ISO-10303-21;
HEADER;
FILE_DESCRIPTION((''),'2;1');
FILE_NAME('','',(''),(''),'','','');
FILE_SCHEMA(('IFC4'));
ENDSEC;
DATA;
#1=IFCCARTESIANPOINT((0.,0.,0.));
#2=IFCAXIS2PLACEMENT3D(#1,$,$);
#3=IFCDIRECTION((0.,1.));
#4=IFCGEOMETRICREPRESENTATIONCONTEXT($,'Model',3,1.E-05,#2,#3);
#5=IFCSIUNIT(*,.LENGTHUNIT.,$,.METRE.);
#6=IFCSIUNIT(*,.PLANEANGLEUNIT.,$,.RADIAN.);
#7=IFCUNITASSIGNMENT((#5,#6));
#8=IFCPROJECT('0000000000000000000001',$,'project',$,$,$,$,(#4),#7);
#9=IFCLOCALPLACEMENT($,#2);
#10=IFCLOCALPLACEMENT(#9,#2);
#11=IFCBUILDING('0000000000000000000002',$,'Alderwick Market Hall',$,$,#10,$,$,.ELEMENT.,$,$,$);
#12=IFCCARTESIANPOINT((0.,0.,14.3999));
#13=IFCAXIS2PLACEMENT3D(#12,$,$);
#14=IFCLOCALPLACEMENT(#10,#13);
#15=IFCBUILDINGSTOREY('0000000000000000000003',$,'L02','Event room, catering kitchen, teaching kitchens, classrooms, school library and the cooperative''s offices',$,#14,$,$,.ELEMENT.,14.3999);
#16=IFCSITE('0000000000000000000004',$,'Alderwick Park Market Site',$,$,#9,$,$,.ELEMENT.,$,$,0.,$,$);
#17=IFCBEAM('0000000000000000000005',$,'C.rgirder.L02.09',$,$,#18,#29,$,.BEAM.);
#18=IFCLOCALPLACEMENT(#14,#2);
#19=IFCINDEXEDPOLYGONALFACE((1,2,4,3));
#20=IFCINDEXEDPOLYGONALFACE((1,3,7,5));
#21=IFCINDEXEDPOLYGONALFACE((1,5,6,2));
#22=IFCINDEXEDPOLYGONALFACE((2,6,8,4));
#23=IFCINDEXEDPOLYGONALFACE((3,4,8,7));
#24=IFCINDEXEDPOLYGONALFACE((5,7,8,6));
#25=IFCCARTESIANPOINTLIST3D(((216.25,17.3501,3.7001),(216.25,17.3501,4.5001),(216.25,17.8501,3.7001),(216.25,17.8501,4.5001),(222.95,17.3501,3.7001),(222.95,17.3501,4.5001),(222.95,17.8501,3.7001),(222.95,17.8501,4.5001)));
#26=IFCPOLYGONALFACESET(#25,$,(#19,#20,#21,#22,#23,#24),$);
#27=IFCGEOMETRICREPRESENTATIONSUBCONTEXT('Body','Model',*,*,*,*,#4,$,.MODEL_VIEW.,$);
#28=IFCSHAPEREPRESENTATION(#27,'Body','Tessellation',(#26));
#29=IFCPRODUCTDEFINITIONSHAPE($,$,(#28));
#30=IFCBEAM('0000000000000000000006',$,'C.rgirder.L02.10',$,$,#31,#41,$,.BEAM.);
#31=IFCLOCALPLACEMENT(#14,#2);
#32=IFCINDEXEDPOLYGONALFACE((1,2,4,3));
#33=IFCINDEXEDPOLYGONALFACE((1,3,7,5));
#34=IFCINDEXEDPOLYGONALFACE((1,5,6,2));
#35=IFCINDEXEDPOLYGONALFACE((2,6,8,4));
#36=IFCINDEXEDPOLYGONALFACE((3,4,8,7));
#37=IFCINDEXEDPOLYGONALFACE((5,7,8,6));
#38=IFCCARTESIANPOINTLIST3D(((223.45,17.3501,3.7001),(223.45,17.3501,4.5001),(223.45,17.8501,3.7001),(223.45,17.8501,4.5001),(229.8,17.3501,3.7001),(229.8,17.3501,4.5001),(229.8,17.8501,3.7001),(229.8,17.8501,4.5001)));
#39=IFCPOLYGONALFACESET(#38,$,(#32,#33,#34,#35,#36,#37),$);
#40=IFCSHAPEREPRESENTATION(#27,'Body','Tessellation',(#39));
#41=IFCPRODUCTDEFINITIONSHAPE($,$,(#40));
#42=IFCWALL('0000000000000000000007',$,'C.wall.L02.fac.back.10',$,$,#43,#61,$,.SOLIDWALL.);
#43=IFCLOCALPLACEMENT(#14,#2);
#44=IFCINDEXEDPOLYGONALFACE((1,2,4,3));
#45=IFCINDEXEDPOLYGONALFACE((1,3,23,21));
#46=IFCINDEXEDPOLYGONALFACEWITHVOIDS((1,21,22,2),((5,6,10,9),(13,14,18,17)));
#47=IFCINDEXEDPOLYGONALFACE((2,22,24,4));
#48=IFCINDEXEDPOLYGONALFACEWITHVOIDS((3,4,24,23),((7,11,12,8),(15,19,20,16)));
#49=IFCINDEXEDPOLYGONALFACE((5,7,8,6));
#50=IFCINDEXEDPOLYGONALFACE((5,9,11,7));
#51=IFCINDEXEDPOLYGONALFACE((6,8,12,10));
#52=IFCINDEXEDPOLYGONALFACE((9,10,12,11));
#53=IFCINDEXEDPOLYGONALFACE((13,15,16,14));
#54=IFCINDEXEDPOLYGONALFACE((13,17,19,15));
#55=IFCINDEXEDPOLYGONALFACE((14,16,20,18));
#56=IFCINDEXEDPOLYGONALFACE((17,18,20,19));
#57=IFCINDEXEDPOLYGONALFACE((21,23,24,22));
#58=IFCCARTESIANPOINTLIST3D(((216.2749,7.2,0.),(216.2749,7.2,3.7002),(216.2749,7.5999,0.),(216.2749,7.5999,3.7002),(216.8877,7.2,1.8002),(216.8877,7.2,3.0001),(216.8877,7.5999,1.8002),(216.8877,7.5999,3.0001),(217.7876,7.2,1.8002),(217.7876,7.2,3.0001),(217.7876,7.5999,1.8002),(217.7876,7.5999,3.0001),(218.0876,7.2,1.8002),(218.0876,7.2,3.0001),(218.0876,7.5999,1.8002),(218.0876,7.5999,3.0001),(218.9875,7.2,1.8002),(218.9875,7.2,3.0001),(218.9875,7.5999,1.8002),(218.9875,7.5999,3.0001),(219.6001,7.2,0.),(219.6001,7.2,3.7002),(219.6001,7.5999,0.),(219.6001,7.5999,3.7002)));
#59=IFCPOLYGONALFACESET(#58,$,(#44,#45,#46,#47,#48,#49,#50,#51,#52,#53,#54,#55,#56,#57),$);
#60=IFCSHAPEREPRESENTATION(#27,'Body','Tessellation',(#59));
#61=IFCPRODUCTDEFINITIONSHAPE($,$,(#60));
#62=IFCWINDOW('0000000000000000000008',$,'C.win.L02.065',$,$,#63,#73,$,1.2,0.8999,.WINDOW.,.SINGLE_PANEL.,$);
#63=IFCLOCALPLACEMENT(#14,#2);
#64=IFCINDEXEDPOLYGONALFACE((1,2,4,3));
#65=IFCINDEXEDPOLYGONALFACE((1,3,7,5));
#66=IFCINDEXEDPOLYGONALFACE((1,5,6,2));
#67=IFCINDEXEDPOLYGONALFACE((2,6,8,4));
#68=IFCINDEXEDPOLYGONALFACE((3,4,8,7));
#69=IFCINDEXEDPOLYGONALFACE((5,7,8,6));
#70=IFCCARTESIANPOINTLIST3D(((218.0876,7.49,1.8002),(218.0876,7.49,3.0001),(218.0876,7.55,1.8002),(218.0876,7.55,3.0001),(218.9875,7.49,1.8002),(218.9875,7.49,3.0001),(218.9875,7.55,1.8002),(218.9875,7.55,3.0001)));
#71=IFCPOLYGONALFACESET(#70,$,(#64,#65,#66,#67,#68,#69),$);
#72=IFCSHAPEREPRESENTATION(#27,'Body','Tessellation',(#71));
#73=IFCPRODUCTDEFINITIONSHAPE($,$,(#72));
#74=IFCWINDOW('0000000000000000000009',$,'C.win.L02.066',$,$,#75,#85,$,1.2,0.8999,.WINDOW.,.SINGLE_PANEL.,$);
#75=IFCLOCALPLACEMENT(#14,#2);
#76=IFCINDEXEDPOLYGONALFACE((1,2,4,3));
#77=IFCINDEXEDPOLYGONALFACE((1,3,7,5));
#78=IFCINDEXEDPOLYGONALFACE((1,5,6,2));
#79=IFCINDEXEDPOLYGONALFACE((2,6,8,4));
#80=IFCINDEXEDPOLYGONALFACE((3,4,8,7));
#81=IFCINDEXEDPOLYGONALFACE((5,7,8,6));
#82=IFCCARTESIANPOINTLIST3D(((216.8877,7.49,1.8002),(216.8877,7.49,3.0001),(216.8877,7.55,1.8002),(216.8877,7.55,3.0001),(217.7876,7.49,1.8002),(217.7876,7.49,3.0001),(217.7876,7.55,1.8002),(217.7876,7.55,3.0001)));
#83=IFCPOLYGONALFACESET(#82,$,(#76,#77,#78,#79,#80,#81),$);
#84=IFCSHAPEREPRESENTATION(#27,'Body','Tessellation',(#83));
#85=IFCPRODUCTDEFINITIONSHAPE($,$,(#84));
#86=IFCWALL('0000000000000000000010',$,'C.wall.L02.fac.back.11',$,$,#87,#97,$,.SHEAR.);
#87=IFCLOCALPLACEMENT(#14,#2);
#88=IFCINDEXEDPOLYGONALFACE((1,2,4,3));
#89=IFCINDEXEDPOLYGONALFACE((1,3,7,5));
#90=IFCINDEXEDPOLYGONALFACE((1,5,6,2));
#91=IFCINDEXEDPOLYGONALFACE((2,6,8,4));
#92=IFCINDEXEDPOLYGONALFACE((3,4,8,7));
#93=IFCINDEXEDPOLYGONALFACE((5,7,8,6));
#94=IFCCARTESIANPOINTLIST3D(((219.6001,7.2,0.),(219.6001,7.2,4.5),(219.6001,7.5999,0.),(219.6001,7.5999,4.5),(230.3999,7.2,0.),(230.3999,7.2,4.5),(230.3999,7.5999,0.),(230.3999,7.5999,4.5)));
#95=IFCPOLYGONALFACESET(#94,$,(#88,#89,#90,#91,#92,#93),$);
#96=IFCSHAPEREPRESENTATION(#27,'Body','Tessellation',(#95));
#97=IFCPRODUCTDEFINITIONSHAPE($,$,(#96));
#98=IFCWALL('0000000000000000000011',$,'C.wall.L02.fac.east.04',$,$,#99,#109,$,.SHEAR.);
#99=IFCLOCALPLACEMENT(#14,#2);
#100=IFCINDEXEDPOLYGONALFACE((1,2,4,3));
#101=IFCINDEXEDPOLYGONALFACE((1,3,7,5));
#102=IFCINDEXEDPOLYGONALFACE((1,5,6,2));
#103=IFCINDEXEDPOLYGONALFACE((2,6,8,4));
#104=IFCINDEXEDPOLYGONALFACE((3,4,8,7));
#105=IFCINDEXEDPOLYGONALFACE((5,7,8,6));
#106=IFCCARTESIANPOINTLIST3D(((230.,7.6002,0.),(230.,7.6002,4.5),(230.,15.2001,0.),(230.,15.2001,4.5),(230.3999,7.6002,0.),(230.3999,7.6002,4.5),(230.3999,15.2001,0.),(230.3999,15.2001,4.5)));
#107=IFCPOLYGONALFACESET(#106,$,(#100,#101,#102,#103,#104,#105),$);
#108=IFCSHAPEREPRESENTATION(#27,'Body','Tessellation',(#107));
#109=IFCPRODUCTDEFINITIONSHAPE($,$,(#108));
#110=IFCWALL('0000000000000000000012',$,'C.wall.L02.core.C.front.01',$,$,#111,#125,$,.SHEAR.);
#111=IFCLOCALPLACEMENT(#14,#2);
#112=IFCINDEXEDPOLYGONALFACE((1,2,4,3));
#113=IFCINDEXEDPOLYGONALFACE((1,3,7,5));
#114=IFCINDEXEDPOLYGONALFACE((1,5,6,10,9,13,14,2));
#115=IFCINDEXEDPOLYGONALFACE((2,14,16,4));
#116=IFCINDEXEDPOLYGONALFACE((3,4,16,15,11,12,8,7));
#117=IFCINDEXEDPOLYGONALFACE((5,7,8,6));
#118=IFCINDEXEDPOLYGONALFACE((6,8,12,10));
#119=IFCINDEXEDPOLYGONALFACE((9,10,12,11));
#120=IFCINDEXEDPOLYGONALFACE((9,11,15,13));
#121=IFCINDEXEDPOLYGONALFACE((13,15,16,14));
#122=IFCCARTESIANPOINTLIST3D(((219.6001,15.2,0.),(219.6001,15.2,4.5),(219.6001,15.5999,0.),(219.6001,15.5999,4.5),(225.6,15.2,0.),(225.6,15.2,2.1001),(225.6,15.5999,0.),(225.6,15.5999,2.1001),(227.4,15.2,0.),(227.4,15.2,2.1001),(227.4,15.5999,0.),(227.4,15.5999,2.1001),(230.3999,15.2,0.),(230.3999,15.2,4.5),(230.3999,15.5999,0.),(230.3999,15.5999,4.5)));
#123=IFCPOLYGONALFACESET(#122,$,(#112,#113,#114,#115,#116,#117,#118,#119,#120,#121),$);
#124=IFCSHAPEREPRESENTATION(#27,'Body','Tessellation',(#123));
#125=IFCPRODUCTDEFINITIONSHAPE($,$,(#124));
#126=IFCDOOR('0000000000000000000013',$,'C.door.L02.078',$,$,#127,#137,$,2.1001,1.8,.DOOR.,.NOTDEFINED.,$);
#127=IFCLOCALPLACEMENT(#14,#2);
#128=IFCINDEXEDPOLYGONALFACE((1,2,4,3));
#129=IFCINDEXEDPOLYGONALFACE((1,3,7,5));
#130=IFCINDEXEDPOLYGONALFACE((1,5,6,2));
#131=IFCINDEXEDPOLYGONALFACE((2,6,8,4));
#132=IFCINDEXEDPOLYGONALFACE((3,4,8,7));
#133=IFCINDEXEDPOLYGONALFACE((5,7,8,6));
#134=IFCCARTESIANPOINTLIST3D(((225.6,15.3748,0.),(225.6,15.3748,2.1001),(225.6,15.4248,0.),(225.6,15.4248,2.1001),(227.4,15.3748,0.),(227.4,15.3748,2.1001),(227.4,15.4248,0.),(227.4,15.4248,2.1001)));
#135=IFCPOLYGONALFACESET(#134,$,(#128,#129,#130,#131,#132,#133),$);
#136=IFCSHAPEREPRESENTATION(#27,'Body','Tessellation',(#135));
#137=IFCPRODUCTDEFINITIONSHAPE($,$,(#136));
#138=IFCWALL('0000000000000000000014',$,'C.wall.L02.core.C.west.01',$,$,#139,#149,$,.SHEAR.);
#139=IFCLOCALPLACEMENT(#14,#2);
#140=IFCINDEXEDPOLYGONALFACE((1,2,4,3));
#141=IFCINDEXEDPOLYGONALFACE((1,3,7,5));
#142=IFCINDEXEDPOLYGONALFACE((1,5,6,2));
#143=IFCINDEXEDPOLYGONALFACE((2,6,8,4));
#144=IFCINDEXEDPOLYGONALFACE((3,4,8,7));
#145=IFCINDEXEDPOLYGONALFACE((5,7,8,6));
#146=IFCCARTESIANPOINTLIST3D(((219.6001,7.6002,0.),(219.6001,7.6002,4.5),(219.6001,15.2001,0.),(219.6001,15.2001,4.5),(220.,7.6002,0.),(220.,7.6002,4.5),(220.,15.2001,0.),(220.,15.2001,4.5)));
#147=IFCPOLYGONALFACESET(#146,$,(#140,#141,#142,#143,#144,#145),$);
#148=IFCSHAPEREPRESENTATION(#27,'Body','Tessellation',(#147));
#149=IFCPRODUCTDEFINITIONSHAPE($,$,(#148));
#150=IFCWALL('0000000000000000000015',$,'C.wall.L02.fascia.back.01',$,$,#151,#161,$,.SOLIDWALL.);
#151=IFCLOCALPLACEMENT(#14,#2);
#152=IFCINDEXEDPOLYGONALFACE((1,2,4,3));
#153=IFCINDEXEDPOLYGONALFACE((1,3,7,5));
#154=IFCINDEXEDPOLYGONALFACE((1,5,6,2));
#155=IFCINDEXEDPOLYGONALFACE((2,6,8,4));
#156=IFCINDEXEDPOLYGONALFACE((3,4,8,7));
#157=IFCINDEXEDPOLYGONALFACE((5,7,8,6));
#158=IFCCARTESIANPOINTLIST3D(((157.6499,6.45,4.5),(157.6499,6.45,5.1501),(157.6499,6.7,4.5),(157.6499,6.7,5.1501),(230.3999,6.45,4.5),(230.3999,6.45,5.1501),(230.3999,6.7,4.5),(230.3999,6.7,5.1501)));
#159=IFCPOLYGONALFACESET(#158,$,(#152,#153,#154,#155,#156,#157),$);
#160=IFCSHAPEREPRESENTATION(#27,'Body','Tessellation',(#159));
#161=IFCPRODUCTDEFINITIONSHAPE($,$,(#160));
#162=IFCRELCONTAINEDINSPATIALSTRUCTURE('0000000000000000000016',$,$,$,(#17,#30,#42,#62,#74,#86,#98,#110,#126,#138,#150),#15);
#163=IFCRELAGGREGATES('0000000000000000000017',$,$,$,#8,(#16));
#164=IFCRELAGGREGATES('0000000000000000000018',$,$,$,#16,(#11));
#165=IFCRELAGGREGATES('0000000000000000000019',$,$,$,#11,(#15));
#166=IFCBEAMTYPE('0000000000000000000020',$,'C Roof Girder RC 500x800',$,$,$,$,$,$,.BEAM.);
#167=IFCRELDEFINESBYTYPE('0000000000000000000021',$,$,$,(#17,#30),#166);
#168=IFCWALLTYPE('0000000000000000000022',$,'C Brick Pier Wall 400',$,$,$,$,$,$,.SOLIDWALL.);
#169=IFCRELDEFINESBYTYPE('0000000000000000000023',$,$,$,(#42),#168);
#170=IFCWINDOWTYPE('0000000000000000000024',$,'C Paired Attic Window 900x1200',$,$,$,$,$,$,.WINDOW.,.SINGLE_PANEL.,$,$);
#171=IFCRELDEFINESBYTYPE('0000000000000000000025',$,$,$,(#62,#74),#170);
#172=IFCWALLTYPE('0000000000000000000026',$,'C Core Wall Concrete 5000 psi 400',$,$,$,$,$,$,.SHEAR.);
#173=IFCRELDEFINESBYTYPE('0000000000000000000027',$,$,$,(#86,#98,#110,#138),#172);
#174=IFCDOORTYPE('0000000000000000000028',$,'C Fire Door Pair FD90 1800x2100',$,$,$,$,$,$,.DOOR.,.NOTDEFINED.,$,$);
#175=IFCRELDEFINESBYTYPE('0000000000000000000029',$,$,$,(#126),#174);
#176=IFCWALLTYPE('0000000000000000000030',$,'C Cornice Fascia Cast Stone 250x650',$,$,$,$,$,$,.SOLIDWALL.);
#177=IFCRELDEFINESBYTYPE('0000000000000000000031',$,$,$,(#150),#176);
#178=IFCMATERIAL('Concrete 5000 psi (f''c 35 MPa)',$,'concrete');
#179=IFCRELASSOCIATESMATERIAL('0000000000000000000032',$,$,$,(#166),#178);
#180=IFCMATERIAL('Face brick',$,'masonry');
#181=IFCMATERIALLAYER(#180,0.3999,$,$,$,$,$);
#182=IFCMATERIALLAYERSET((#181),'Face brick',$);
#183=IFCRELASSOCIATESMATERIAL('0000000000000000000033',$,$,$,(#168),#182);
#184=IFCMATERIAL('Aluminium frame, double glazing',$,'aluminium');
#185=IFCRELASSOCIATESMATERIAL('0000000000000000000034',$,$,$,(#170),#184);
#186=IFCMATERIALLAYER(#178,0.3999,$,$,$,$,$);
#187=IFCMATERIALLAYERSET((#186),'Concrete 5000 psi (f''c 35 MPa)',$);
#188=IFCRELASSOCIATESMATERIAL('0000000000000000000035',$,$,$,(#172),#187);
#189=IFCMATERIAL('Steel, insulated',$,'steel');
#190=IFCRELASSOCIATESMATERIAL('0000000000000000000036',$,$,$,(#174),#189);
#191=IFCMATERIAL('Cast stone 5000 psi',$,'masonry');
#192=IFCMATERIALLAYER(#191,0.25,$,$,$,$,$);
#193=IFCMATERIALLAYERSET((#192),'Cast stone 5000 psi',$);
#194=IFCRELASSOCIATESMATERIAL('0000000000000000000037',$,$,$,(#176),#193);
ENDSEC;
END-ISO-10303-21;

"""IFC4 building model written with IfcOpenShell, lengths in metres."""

from ifc_helpers import new_model, si_unit, direction, frame, frame_2d, origin, origin_2d, place, context, subcontext, project, spatial, rectangle, extrude, material, layer, layer_set, material_profile, profile_set, type_object, element, fill, save


model = new_model("IFC4")

# Units and contexts
model_context = context("Model", 3, precision=1e-05, world=origin(), true_north=direction((0.0, 1.0)))
body_context = subcontext(model_context, "Body", "Model", "MODEL_VIEW")
ifc_project = project(units=[si_unit("LENGTHUNIT", "METRE"), si_unit("PLANEANGLEUNIT", "RADIAN")], contexts=[model_context])

# Site, building, storey
site_placement = place(None, origin())
site = spatial("IfcSite", under=ifc_project, at=site_placement, Name="Alderwick Park Market Site", CompositionType="ELEMENT", RefElevation=0.0)
building_placement = place(site_placement, origin())
building = spatial("IfcBuilding", under=site, at=building_placement, Name="Alderwick Market Hall", CompositionType="ELEMENT")
storey_placement = place(building_placement, frame((0.0, 0.0, 14.3999)))
storey = spatial("IfcBuildingStorey", under=building, at=storey_placement, Name="L02", Description="Event room, catering kitchen, teaching kitchens, classrooms, school library and the cooperative's offices", CompositionType="ELEMENT", Elevation=14.3999)

# Beams
ifc_material_1 = material(Name="Concrete 5000 psi (f'c 35 MPa)", Category="concrete")
ifc_material_profile = material_profile(ifc_material_1, rectangle(XDim=0.5, YDim=0.8, at=origin_2d()), Name="RC 500x800")
ifc_profile_set = profile_set([ifc_material_profile], Name="Concrete 5000 psi (f'c 35 MPa)")
beam_type = type_object("IfcBeamType", Name="C Roof Girder RC 500x800", PredefinedType="BEAM", material=ifc_profile_set)
beam_1_placement = place(storey_placement, frame((216.25, 17.6001, 4.1001), z_axis=(1.0, 0.0, 0.0), x_axis=(0.0, 1.0, 0.0)))
element("IfcBeam", 1, at=beam_1_placement, inside=storey, type_object=beam_type, Name="C.rgirder.L02.09", PredefinedType="BEAM", context=body_context, shape_type="SweptSolid", body=[
    extrude(rectangle(XDim=0.5, YDim=0.8, at=origin_2d()), origin(), (0.0, 0.0, 1.0), 6.7),
])
beam_2_placement = place(storey_placement, frame((223.45, 17.6001, 4.1001), z_axis=(1.0, 0.0, 0.0), x_axis=(0.0, 1.0, 0.0)))
element("IfcBeam", 2, at=beam_2_placement, inside=storey, type_object=beam_type, Name="C.rgirder.L02.10", PredefinedType="BEAM", context=body_context, shape_type="SweptSolid", body=[
    extrude(rectangle(XDim=0.5, YDim=0.8, at=origin_2d()), origin(), (0.0, 0.0, 1.0), 6.3501),
])

# Wall, openings, windows
ifc_material_2 = material(Name="Face brick", Category="masonry")
ifc_layer_1 = layer(ifc_material_2, 0.3999)
ifc_layer_set_1 = layer_set([ifc_layer_1], Name="Face brick")
wall_type_1 = type_object("IfcWallType", Name="C Brick Pier Wall 400", PredefinedType="SOLIDWALL", material=ifc_layer_set_1)
wall_1_placement = place(storey_placement, frame((219.6001, 7.3999, 0.0), z_axis=(0.0, 0.0, 1.0), x_axis=(-1.0, 0.0, 0.0)))
wall_1 = element("IfcWall", 3, at=wall_1_placement, inside=storey, type_object=wall_type_1, Name="C.wall.L02.fac.back.10", PredefinedType="SOLIDWALL", context=body_context, shape_type="SweptSolid", body=[
    extrude(rectangle(XDim=3.3252, YDim=0.3999, at=frame_2d((1.6626, 0.0))), origin(), (0.0, 0.0, 1.0), 3.7002),
])
opening_1_placement = place(wall_1_placement, frame((0.6125, 0.0, 1.8)))
opening_1 = element("IfcOpeningElement", 4, at=opening_1_placement, cuts=wall_1, PredefinedType="OPENING", context=body_context, shape_type="SweptSolid", body=[
    extrude(rectangle(XDim=0.8999, YDim=1.2, at=frame_2d((0.45, 0.6001))), frame((0.0, 0.21, 0.0), z_axis=(0.0, -1.0, 0.0), x_axis=(1.0, 0.0, 0.0)), (0.0, 0.0, 1.0), 0.4199),
])
opening_2_placement = place(wall_1_placement, frame((1.8125, 0.0, 1.8)))
opening_2 = element("IfcOpeningElement", 5, at=opening_2_placement, cuts=wall_1, PredefinedType="OPENING", context=body_context, shape_type="SweptSolid", body=[
    extrude(rectangle(XDim=0.8999, YDim=1.2, at=frame_2d((0.45, 0.6001))), frame((0.0, 0.21, 0.0), z_axis=(0.0, -1.0, 0.0), x_axis=(1.0, 0.0, 0.0)), (0.0, 0.0, 1.0), 0.4199),
])
ifc_material_3 = material(Name="Aluminium frame, double glazing", Category="aluminium")
window_type = type_object("IfcWindowType", Name="C Paired Attic Window 900x1200", PartitioningType="SINGLE_PANEL", PredefinedType="WINDOW", material=ifc_material_3)
window_1_placement = place(opening_1_placement, origin())
window_1 = element("IfcWindow", 6, at=window_1_placement, inside=storey, type_object=window_type, Name="C.win.L02.065", OverallHeight=1.2, OverallWidth=0.8999, PartitioningType="SINGLE_PANEL", PredefinedType="WINDOW", context=body_context, shape_type="SweptSolid", body=[
    extrude(rectangle(XDim=0.8999, YDim=1.2, at=frame_2d((0.45, 0.6001))), frame((0.0, -0.0901, 0.0), z_axis=(0.0, -1.0, 0.0), x_axis=(1.0, 0.0, 0.0)), (0.0, 0.0, 1.0), 0.0601),
])
fill(opening_1, window_1)
window_2_placement = place(opening_2_placement, origin())
window_2 = element("IfcWindow", 7, at=window_2_placement, inside=storey, type_object=window_type, Name="C.win.L02.066", OverallHeight=1.2, OverallWidth=0.8999, PartitioningType="SINGLE_PANEL", PredefinedType="WINDOW", context=body_context, shape_type="SweptSolid", body=[
    extrude(rectangle(XDim=0.8999, YDim=1.2, at=frame_2d((0.45, 0.6001))), frame((0.0, -0.0901, 0.0), z_axis=(0.0, -1.0, 0.0), x_axis=(1.0, 0.0, 0.0)), (0.0, 0.0, 1.0), 0.0601),
])
fill(opening_2, window_2)

# Walls
ifc_layer_2 = layer(ifc_material_1, 0.3999)
ifc_layer_set_2 = layer_set([ifc_layer_2], Name="Concrete 5000 psi (f'c 35 MPa)")
wall_type_2 = type_object("IfcWallType", Name="C Core Wall Concrete 5000 psi 400", PredefinedType="SHEAR", material=ifc_layer_set_2)
wall_2_placement = place(storey_placement, frame((230.3999, 7.3999, 0.0), z_axis=(0.0, 0.0, 1.0), x_axis=(-1.0, 0.0, 0.0)))
element("IfcWall", 8, at=wall_2_placement, inside=storey, type_object=wall_type_2, Name="C.wall.L02.fac.back.11", PredefinedType="SHEAR", context=body_context, shape_type="SweptSolid", body=[
    extrude(rectangle(XDim=10.7998, YDim=0.3999, at=frame_2d((5.3999, 0.0))), origin(), (0.0, 0.0, 1.0), 4.5),
])
wall_3_placement = place(storey_placement, frame((230.2, 15.2, 0.0), z_axis=(0.0, 0.0, 1.0), x_axis=(0.0, -1.0, 0.0)))
element("IfcWall", 9, at=wall_3_placement, inside=storey, type_object=wall_type_2, Name="C.wall.L02.fac.east.04", PredefinedType="SHEAR", context=body_context, shape_type="SweptSolid", body=[
    extrude(rectangle(XDim=7.5999, YDim=0.3999, at=frame_2d((3.7998, 0.0))), origin(), (0.0, 0.0, 1.0), 4.5),
])

# Wall, opening, door
wall_4_placement = place(storey_placement, frame((219.6001, 15.3999, 0.0), z_axis=(0.0, 0.0, 1.0), x_axis=(1.0, 0.0, 0.0)))
wall_4 = element("IfcWall", 10, at=wall_4_placement, inside=storey, type_object=wall_type_2, Name="C.wall.L02.core.C.front.01", PredefinedType="SHEAR", context=body_context, shape_type="SweptSolid", body=[
    extrude(rectangle(XDim=10.7998, YDim=0.3999, at=frame_2d((5.3999, 0.0))), origin(), (0.0, 0.0, 1.0), 4.5),
])
opening_3_placement = place(wall_4_placement, frame((6.0, 0.0, 0.0)))
opening_3 = element("IfcOpeningElement", 11, at=opening_3_placement, cuts=wall_4, PredefinedType="OPENING", context=body_context, shape_type="SweptSolid", body=[
    extrude(rectangle(XDim=1.8, YDim=2.1001, at=frame_2d((0.8999, 1.05))), frame((0.0, 0.21, 0.0), z_axis=(0.0, -1.0, 0.0), x_axis=(1.0, 0.0, 0.0)), (0.0, 0.0, 1.0), 0.4199),
])
ifc_material_4 = material(Name="Steel, insulated", Category="steel")
door_type_1 = type_object("IfcDoorType", Name="C Fire Door Pair FD90 1800x2100", OperationType="NOTDEFINED", PredefinedType="DOOR", material=ifc_material_4)
door_1_placement = place(opening_3_placement, origin())
door_1 = element("IfcDoor", 12, at=door_1_placement, inside=storey, type_object=door_type_1, Name="C.door.L02.078", OperationType="NOTDEFINED", OverallHeight=2.1001, OverallWidth=1.8, PredefinedType="DOOR", context=body_context, shape_type="SweptSolid", body=[
    extrude(rectangle(XDim=1.8, YDim=2.1001, at=frame_2d((0.8999, 1.05))), frame((0.0, 0.0249, 0.0), z_axis=(0.0, -1.0, 0.0), x_axis=(1.0, 0.0, 0.0)), (0.0, 0.0, 1.0), 0.05),
])
fill(opening_3, door_1)

# Walls
wall_5_placement = place(storey_placement, frame((219.8, 15.2, 0.0), z_axis=(0.0, 0.0, 1.0), x_axis=(0.0, -1.0, 0.0)))
element("IfcWall", 13, at=wall_5_placement, inside=storey, type_object=wall_type_2, Name="C.wall.L02.core.C.west.01", PredefinedType="SHEAR", context=body_context, shape_type="SweptSolid", body=[
    extrude(rectangle(XDim=7.5999, YDim=0.3999, at=frame_2d((3.7998, 0.0))), origin(), (0.0, 0.0, 1.0), 4.5),
])
ifc_material_5 = material(Name="Cast stone 5000 psi", Category="masonry")
ifc_layer_3 = layer(ifc_material_5, 0.25)
ifc_layer_set_3 = layer_set([ifc_layer_3], Name="Cast stone 5000 psi")
wall_type_3 = type_object("IfcWallType", Name="C Cornice Fascia Cast Stone 250x650", PredefinedType="SOLIDWALL", material=ifc_layer_set_3)
wall_6_placement = place(storey_placement, frame((230.3999, 6.575, 4.5), z_axis=(0.0, 0.0, 1.0), x_axis=(-1.0, 0.0, 0.0)))
element("IfcWall", 14, at=wall_6_placement, inside=storey, type_object=wall_type_3, Name="C.wall.L02.fascia.back.01", PredefinedType="SOLIDWALL", context=body_context, shape_type="SweptSolid", body=[
    extrude(rectangle(XDim=72.75, YDim=0.25, at=frame_2d((36.375, 0.0))), origin(), (0.0, 0.0, 1.0), 0.6501),
])

save(model, "model.ifc")
